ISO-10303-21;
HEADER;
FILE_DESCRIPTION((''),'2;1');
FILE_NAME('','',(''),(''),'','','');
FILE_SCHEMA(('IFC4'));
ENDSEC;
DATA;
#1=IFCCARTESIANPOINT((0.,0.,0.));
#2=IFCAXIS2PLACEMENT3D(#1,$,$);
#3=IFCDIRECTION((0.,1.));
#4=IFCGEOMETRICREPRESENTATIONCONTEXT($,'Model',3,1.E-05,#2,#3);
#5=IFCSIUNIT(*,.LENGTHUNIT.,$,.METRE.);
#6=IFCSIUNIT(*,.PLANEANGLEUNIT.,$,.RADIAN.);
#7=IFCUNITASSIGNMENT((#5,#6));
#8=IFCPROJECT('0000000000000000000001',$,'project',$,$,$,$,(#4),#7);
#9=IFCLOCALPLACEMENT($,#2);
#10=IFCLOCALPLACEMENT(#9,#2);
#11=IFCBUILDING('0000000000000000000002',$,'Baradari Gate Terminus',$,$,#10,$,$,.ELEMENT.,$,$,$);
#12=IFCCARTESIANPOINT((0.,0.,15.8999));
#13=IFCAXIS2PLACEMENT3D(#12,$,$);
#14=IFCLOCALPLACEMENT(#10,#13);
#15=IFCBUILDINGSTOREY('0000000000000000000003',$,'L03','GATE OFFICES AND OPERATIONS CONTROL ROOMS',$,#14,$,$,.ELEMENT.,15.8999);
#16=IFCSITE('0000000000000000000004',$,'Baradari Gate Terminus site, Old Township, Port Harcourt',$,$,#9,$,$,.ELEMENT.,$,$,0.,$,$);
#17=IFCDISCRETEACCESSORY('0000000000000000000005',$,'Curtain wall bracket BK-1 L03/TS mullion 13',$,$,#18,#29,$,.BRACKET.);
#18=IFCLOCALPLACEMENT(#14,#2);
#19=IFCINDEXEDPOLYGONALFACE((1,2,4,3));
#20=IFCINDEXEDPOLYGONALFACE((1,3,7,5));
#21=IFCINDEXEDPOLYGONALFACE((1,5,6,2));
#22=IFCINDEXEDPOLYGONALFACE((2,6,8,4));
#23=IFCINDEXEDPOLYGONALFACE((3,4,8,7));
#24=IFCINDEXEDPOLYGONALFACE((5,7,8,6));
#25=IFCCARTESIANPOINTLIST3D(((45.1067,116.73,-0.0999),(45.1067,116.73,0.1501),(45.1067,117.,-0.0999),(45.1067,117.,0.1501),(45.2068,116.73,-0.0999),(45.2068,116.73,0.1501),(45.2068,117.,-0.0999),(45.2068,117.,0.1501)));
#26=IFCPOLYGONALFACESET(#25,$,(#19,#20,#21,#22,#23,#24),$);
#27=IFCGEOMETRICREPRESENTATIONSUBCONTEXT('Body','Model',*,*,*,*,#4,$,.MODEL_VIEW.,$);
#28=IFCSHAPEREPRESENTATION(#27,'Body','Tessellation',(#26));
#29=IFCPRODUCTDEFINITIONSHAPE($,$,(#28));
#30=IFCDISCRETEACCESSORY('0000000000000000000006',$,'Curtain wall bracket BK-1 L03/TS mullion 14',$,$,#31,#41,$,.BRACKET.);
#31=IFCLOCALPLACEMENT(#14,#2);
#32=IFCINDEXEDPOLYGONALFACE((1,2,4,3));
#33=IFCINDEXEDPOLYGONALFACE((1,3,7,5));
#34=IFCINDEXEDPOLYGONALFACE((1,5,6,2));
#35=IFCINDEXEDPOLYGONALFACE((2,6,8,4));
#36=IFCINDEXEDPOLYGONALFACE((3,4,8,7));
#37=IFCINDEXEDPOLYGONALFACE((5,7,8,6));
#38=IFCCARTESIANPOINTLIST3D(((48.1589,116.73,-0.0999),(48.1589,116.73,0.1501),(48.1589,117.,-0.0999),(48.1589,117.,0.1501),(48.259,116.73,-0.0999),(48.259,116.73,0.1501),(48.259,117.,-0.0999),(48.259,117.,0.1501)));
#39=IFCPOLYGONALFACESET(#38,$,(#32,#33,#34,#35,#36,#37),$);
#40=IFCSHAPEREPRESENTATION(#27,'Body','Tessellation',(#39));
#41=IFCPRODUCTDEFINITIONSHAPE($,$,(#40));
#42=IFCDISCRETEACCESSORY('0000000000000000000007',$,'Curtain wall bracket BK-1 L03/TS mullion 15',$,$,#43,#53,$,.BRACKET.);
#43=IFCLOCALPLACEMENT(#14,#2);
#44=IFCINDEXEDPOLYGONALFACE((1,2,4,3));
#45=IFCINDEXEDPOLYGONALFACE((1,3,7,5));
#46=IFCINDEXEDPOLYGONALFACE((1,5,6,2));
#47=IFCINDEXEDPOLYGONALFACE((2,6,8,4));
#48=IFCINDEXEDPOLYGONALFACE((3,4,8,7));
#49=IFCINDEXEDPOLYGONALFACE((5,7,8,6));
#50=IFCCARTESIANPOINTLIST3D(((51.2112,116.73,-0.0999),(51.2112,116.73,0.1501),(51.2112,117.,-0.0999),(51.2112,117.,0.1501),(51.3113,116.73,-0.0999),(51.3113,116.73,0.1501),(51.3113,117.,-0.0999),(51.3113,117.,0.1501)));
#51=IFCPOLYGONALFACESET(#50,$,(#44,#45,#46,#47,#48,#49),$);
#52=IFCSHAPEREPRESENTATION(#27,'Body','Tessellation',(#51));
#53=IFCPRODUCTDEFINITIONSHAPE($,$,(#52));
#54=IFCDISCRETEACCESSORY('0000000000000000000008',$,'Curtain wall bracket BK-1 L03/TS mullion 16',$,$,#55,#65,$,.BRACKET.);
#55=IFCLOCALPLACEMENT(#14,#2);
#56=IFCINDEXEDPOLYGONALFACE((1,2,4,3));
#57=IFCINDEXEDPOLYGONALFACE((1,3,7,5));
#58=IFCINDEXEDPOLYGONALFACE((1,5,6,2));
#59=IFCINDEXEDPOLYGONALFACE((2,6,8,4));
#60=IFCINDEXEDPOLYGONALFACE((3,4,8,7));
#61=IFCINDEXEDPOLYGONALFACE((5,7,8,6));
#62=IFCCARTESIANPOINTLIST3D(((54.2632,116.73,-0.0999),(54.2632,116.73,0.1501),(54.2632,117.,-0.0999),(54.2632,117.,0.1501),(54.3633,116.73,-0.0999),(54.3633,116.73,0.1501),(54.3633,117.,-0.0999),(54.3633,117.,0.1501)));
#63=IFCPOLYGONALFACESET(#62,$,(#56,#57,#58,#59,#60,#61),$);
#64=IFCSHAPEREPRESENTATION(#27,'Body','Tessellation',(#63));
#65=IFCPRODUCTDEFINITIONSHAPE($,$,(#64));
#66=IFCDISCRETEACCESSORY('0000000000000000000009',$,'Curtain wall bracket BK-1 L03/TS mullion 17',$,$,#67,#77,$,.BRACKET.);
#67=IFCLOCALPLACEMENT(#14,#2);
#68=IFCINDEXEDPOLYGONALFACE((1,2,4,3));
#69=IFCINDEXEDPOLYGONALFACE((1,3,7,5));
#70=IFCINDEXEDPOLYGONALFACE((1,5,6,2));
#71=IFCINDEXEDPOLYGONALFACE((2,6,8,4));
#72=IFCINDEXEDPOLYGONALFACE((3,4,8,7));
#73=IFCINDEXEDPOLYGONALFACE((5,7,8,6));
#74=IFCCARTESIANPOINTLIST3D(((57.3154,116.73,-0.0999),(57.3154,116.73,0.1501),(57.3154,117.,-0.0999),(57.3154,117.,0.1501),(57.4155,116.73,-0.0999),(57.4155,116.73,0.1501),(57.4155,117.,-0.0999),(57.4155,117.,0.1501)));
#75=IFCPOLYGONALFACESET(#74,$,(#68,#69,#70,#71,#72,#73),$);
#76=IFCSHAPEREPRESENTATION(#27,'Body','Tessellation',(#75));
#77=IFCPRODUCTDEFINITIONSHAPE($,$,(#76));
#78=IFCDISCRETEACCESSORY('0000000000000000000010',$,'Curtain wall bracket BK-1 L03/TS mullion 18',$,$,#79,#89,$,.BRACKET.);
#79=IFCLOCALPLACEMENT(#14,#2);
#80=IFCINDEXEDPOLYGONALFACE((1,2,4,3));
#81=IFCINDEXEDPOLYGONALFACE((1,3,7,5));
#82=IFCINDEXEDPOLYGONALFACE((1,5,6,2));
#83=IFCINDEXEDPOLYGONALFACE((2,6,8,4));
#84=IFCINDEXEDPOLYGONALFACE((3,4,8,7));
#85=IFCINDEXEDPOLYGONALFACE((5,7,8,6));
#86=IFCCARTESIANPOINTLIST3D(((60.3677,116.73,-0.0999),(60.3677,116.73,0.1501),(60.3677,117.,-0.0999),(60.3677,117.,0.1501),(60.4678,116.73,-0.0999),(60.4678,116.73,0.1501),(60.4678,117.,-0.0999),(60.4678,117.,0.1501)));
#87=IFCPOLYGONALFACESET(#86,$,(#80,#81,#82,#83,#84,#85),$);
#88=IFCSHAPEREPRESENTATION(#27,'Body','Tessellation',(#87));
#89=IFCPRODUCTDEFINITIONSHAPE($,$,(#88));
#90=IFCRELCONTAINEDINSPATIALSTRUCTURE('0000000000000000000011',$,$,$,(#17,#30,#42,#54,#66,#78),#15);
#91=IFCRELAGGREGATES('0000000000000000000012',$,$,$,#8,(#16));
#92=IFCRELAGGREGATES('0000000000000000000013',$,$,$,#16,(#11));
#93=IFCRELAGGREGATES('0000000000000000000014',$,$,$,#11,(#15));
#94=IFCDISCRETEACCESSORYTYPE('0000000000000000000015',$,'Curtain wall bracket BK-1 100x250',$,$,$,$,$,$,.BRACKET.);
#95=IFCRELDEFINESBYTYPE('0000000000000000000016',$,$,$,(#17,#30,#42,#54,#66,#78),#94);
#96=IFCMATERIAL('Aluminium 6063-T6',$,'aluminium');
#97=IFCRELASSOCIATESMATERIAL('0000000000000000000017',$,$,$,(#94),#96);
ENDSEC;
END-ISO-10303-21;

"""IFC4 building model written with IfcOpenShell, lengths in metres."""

from ifc_helpers import new_model, si_unit, direction, frame, origin, origin_2d, place, context, subcontext, project, spatial, rectangle, extrude, material, type_object, element, save


model = new_model("IFC4")

# Units and contexts
model_context = context("Model", 3, precision=1e-05, world=origin(), true_north=direction((0.0, 1.0)))
body_context = subcontext(model_context, "Body", "Model", "MODEL_VIEW")
ifc_project = project(units=[si_unit("LENGTHUNIT", "METRE"), si_unit("PLANEANGLEUNIT", "RADIAN")], contexts=[model_context])

# Site, building, storey
site_placement = place(None, origin())
site = spatial("IfcSite", under=ifc_project, at=site_placement, Name="Baradari Gate Terminus site, Old Township, Port Harcourt", CompositionType="ELEMENT", RefElevation=0.0)
building_placement = place(site_placement, origin())
building = spatial("IfcBuilding", under=site, at=building_placement, Name="Baradari Gate Terminus", CompositionType="ELEMENT")
storey_placement = place(building_placement, frame((0.0, 0.0, 15.8999)))
storey = spatial("IfcBuildingStorey", under=building, at=storey_placement, Name="L03", Description="GATE OFFICES AND OPERATIONS CONTROL ROOMS", CompositionType="ELEMENT", Elevation=15.8999)

# Discrete accessories
ifc_material_1 = material(Name="Aluminium 6063-T6", Category="aluminium")
discrete_accessory_type = type_object("IfcDiscreteAccessoryType", Name="Curtain wall bracket BK-1 100x250", PredefinedType="BRACKET", material=ifc_material_1)
for number, where, z_axis, x_axis, name in (
    (1, (45.1567, 116.865, -0.0999), (0.0, 0.0, 1.0), (0.0, -1.0, 0.0), "Curtain wall bracket BK-1 L03/TS mullion 13"),
    (2, (48.209, 116.865, -0.0999), (0.0, 0.0, 1.0), (0.0, -1.0, 0.0), "Curtain wall bracket BK-1 L03/TS mullion 14"),
    (3, (51.2612, 116.865, -0.0999), (0.0, 0.0, 1.0), (0.0, -1.0, 0.0), "Curtain wall bracket BK-1 L03/TS mullion 15"),
    (4, (54.3132, 116.865, -0.0999), (0.0, 0.0, 1.0), (0.0, -1.0, 0.0), "Curtain wall bracket BK-1 L03/TS mullion 16"),
    (5, (57.3655, 116.865, -0.0999), (0.0, 0.0, 1.0), (0.0, -1.0, 0.0), "Curtain wall bracket BK-1 L03/TS mullion 17"),
    (6, (60.4177, 116.865, -0.0999), (0.0, 0.0, 1.0), (0.0, -1.0, 0.0), "Curtain wall bracket BK-1 L03/TS mullion 18"),
):
    element("IfcDiscreteAccessory", number, at=place(storey_placement, frame(where, z_axis=z_axis, x_axis=x_axis)), inside=storey, type_object=discrete_accessory_type, Name=name, PredefinedType="BRACKET", context=body_context, shape_type="SweptSolid", body=[
        extrude(rectangle(XDim=0.27, YDim=0.1001, at=origin_2d()), origin(), (0.0, 0.0, 1.0), 0.25),
    ])

save(model, "model.ifc")
